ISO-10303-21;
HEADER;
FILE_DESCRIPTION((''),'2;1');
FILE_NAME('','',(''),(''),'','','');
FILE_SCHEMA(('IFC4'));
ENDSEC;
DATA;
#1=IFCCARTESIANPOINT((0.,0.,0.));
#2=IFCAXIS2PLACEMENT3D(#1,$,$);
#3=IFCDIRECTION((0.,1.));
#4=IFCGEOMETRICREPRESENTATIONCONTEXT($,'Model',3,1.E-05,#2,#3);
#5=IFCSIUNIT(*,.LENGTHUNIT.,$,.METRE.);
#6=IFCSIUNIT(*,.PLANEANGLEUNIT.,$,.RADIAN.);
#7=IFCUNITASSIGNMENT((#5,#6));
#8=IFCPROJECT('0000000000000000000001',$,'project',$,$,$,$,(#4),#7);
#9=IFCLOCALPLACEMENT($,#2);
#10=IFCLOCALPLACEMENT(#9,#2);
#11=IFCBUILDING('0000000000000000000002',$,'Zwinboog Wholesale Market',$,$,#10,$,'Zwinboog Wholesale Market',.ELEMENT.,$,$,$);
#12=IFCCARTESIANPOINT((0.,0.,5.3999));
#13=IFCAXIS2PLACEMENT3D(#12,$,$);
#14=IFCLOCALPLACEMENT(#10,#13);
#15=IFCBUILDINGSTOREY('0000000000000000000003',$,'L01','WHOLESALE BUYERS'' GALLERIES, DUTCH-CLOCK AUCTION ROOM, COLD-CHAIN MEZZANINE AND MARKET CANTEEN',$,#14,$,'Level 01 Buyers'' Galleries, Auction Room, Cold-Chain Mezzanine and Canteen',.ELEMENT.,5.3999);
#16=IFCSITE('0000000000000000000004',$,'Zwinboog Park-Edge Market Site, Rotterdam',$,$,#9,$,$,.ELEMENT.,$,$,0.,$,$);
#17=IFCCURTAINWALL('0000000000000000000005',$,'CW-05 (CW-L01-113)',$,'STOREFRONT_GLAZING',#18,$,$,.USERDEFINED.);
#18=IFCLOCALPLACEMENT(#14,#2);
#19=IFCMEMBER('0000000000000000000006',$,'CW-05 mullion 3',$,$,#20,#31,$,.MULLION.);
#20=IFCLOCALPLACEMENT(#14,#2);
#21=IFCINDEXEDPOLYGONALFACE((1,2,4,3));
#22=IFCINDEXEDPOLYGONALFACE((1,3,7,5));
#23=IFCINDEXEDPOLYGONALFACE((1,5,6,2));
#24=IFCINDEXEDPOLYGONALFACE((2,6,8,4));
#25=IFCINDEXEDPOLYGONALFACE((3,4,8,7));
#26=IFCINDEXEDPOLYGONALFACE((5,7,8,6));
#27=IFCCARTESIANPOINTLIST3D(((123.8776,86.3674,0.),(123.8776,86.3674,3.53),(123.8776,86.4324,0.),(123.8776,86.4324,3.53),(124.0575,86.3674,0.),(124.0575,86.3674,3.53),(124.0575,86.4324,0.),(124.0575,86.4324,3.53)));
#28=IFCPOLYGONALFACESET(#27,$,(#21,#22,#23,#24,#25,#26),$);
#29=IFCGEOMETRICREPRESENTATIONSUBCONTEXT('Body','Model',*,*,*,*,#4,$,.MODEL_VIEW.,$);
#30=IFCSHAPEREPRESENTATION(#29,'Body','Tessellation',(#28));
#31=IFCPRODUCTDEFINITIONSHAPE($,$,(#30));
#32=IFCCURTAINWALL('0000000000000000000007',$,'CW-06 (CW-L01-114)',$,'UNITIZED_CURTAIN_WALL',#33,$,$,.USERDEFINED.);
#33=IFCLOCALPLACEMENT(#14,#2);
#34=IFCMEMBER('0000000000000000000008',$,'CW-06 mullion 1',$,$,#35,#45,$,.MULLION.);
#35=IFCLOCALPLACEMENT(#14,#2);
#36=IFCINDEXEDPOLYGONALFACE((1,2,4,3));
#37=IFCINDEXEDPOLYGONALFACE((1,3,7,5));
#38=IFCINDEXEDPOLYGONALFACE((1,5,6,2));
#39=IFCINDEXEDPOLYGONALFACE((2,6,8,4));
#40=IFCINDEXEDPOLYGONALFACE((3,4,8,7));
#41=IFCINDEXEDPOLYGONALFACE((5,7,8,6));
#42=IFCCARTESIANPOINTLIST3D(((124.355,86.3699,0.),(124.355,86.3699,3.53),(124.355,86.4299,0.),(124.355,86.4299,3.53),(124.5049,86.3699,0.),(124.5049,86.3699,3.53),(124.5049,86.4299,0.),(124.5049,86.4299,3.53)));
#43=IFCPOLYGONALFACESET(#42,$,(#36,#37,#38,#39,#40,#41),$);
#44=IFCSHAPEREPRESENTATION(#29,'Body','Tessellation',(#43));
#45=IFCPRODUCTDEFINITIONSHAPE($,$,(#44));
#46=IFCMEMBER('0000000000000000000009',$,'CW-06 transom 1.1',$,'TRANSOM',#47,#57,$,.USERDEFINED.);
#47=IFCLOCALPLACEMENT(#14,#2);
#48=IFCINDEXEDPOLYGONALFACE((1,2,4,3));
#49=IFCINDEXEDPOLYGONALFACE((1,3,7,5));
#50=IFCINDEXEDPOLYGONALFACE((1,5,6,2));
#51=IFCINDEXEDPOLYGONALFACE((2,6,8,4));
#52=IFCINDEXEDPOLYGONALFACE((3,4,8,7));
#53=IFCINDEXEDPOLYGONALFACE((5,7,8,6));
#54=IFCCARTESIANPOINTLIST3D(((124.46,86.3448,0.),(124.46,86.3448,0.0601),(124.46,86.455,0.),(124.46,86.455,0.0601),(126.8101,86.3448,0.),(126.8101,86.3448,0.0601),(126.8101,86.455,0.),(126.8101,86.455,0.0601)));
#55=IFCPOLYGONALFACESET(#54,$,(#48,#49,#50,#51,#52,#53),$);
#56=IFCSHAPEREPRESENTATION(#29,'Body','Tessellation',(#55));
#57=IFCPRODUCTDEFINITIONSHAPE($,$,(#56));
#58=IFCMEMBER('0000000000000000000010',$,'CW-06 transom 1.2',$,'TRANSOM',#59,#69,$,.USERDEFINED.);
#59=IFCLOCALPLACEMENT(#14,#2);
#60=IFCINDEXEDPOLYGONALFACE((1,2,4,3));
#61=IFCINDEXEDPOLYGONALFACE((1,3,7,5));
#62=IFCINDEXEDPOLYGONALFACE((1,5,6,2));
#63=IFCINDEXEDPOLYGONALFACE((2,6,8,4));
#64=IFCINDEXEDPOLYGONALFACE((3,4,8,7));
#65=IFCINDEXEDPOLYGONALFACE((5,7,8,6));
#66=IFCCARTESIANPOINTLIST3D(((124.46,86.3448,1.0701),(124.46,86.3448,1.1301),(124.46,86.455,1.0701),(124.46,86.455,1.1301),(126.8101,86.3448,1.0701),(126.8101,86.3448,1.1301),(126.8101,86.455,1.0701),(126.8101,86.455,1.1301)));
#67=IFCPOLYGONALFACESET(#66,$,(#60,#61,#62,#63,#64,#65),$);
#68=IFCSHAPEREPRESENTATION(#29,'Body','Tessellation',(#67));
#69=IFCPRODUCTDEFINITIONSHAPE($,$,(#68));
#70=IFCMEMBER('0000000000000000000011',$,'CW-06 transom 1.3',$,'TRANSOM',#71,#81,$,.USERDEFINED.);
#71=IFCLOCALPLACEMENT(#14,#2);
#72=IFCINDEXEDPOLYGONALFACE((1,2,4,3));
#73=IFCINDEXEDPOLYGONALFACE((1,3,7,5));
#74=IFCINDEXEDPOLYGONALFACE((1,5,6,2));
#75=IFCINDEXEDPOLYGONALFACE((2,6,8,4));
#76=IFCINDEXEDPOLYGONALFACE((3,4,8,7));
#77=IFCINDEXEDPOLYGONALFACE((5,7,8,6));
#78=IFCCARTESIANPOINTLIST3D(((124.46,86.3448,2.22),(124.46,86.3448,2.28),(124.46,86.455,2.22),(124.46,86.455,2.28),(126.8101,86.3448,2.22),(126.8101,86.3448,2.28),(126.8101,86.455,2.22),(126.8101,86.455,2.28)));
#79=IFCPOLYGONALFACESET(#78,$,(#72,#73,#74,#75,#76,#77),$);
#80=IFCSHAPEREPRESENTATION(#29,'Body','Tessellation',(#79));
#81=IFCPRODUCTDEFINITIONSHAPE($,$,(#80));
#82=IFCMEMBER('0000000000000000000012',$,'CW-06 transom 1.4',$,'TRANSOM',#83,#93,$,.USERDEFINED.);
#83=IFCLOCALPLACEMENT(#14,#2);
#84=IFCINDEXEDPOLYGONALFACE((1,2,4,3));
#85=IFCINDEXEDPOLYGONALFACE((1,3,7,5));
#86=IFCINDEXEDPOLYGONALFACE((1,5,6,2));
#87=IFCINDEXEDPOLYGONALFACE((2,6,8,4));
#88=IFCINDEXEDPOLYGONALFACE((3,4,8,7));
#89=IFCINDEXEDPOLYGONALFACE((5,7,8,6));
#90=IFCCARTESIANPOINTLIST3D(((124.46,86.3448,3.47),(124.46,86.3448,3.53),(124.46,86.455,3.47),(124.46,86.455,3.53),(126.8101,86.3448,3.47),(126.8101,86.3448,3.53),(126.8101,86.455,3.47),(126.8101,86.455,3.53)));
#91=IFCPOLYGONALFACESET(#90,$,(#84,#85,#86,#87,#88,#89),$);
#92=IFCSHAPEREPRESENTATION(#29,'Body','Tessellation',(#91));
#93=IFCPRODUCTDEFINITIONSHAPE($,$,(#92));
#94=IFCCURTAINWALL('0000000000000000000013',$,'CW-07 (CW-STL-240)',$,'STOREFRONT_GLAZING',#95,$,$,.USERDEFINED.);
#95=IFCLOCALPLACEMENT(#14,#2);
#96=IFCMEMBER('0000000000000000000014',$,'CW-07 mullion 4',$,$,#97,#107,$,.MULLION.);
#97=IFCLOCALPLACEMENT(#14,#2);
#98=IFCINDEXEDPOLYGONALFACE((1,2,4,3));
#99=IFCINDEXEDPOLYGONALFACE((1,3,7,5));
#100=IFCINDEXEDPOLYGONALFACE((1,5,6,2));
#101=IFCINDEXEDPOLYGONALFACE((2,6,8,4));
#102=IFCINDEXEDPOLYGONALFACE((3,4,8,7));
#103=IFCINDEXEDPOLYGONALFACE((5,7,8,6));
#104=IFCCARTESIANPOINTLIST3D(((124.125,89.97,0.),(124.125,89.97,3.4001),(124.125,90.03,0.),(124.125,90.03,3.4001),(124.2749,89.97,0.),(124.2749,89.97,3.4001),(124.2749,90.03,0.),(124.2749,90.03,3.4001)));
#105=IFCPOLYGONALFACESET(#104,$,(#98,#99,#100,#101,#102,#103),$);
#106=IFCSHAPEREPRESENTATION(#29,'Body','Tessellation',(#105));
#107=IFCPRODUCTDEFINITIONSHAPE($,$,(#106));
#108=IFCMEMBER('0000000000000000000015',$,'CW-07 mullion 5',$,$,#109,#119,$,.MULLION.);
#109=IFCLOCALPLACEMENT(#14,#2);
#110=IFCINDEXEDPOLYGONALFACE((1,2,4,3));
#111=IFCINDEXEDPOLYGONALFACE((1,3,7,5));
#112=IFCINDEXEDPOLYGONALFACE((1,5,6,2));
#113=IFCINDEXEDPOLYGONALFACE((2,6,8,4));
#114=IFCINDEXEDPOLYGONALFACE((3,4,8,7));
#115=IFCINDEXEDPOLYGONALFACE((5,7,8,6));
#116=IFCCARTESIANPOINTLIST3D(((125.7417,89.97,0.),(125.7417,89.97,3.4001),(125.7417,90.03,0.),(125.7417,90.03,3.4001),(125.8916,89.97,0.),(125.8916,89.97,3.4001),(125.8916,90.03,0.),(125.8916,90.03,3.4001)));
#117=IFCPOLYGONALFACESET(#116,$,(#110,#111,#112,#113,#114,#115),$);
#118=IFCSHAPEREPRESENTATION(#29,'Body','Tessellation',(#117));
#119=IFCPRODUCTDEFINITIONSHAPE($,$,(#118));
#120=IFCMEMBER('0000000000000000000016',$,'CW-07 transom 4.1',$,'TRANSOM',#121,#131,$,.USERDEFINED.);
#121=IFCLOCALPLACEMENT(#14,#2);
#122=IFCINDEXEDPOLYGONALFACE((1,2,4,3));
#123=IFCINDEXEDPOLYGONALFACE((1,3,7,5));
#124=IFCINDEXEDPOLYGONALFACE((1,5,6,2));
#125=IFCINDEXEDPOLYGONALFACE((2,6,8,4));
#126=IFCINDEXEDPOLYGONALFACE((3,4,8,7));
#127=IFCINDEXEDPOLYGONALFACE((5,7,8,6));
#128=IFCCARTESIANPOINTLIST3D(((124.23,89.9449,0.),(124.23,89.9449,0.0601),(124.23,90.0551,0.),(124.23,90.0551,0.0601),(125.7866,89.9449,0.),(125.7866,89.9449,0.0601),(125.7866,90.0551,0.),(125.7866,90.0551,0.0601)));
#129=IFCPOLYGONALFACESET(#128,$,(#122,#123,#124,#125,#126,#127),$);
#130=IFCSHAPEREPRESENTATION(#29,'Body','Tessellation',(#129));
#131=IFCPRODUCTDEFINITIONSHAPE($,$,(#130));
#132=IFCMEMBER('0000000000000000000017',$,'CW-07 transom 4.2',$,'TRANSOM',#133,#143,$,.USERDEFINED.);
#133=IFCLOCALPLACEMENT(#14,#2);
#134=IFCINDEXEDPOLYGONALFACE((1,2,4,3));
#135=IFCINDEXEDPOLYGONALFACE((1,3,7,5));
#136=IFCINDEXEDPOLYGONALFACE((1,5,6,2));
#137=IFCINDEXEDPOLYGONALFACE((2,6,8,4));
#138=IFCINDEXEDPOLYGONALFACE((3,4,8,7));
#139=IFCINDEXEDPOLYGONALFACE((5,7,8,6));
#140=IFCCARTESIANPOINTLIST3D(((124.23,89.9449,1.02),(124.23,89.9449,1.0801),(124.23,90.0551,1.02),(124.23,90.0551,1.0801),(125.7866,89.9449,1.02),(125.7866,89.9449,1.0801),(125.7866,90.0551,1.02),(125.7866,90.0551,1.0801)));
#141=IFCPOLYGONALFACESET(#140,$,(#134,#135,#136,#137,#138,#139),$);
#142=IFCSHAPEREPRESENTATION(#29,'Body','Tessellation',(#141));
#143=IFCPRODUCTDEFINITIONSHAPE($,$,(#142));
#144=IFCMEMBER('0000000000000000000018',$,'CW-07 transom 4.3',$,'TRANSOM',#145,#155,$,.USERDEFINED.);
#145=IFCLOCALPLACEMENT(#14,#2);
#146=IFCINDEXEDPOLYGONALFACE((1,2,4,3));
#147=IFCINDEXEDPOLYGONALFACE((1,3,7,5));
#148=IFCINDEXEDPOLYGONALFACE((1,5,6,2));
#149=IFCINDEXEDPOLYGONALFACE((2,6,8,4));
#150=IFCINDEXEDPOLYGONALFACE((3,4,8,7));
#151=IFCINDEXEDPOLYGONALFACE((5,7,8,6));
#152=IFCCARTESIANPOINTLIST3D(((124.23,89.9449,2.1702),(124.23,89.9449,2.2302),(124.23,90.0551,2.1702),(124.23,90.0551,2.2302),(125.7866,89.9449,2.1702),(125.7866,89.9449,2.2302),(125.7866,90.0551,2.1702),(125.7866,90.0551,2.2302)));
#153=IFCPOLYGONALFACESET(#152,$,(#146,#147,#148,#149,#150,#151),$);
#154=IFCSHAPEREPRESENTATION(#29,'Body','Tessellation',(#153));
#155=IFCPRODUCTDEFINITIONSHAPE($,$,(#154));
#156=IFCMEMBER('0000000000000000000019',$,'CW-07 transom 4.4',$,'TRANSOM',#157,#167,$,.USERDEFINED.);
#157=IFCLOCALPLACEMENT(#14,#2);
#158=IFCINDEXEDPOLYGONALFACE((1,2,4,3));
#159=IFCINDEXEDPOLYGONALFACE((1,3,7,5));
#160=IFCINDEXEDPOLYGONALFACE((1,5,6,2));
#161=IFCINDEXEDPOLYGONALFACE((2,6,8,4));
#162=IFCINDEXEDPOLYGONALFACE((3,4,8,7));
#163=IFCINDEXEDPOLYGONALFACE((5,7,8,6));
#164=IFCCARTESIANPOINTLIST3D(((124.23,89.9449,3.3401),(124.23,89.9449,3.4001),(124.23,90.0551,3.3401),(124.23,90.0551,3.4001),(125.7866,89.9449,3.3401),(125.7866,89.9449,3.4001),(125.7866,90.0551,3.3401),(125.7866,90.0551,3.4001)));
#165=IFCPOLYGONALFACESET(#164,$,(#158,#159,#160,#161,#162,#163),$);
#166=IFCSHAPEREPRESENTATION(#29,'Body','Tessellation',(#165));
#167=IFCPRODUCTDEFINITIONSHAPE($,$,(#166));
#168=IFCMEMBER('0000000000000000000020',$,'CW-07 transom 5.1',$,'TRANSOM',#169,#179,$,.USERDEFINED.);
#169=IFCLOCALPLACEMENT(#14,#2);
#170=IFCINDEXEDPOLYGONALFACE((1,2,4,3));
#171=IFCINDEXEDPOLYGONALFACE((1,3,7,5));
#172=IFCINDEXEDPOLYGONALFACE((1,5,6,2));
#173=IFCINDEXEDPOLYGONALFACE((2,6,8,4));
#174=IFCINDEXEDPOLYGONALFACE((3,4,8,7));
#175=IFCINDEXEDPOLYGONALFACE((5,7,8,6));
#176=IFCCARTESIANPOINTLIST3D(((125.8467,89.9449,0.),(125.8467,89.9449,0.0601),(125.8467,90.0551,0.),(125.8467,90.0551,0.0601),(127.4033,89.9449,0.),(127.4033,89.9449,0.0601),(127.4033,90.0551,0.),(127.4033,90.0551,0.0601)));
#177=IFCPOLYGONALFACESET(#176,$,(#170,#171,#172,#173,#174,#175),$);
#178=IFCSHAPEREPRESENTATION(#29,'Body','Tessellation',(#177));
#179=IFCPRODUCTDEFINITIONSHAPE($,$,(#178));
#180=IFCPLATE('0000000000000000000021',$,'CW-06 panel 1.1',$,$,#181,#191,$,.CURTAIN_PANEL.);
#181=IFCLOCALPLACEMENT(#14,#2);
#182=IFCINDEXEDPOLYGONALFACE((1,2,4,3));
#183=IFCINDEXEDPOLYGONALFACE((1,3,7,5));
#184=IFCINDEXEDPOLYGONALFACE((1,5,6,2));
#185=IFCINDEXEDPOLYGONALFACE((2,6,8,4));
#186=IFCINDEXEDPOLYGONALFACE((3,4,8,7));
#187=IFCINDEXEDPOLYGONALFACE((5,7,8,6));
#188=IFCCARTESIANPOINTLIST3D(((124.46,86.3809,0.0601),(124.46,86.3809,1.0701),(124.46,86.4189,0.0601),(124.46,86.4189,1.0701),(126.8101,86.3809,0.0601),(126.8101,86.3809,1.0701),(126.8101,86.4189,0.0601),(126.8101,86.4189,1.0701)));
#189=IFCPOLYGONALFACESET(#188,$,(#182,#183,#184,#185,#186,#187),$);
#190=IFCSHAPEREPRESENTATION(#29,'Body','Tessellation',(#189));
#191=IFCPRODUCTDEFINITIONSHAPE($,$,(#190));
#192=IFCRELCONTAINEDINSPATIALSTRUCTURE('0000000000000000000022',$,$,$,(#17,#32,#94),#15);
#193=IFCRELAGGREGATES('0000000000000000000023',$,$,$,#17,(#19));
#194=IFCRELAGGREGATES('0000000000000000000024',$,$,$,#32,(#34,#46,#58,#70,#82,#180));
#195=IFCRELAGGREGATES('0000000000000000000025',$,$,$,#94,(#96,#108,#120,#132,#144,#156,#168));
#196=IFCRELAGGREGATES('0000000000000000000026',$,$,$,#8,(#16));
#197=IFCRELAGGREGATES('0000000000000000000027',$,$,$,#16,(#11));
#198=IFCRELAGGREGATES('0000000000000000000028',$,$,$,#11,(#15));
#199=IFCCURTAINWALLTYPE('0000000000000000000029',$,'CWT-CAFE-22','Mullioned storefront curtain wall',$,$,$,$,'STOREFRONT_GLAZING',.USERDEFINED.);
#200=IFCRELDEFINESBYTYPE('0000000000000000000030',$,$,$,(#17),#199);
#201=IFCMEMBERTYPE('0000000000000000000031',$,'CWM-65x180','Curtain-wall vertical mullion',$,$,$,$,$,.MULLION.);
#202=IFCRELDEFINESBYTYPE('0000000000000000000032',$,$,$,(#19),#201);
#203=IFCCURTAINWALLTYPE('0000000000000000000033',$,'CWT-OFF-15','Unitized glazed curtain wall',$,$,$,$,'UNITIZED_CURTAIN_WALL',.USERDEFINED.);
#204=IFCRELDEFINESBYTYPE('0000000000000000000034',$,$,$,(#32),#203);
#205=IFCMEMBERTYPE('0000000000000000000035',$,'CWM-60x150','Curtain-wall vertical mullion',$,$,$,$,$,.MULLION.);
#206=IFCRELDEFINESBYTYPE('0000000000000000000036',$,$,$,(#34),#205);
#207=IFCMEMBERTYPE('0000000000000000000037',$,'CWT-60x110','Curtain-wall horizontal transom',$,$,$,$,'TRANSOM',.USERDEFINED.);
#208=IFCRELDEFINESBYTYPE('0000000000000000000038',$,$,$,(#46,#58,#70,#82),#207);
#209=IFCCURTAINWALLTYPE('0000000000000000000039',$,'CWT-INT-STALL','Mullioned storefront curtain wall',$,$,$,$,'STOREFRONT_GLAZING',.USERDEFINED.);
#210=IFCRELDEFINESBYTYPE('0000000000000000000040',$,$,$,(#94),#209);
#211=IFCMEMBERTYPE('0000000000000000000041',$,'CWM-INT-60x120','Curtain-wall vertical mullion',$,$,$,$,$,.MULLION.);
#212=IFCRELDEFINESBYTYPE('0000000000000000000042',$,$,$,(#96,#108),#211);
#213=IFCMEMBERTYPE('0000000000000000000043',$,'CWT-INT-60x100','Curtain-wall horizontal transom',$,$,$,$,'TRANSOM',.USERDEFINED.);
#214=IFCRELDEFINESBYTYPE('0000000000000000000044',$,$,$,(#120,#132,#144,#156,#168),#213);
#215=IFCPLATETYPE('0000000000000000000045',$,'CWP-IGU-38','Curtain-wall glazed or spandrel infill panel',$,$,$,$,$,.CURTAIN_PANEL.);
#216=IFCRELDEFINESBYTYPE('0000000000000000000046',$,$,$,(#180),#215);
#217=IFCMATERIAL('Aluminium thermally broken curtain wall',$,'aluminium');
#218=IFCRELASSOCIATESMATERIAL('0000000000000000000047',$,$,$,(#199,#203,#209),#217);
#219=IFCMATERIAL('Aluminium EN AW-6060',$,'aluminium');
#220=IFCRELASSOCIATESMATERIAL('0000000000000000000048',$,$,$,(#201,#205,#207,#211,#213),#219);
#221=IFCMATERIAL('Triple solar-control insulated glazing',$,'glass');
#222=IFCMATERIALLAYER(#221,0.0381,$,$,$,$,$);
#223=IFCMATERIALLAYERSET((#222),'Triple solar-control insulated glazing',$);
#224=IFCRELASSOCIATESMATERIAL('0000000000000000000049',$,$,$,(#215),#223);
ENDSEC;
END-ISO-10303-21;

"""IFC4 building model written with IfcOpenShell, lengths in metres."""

from ifc_helpers import new_model, si_unit, direction, frame, origin, origin_2d, place, context, subcontext, project, spatial, rectangle, extrude, material, layer, layer_set, material_profile, profile_set, type_object, element, aggregate, save


model = new_model("IFC4")

# Units and contexts
model_context = context("Model", 3, precision=1e-05, world=origin(), true_north=direction((0.0, 1.0)))
body_context = subcontext(model_context, "Body", "Model", "MODEL_VIEW")
ifc_project = project(units=[si_unit("LENGTHUNIT", "METRE"), si_unit("PLANEANGLEUNIT", "RADIAN")], contexts=[model_context])

# Site, building, storey
site_placement = place(None, origin())
site = spatial("IfcSite", under=ifc_project, at=site_placement, Name="Zwinboog Park-Edge Market Site, Rotterdam", CompositionType="ELEMENT", RefElevation=0.0)
building_placement = place(site_placement, origin())
building = spatial("IfcBuilding", under=site, at=building_placement, Name="Zwinboog Wholesale Market", LongName="Zwinboog Wholesale Market", CompositionType="ELEMENT")
storey_placement = place(building_placement, frame((0.0, 0.0, 5.3999)))
storey = spatial("IfcBuildingStorey", under=building, at=storey_placement, Name="L01", Description="WHOLESALE BUYERS' GALLERIES, DUTCH-CLOCK AUCTION ROOM, COLD-CHAIN MEZZANINE AND MARKET CANTEEN", LongName="Level 01 Buyers' Galleries, Auction Room, Cold-Chain Mezzanine and Canteen", CompositionType="ELEMENT", Elevation=5.3999)

# Curtain wall, member
ifc_material_1 = material(Name="Aluminium thermally broken curtain wall", Category="aluminium")
curtain_wall_type_1 = type_object("IfcCurtainWallType", Name="CWT-CAFE-22", Description="Mullioned storefront curtain wall", ElementType="STOREFRONT_GLAZING", PredefinedType="USERDEFINED", material=ifc_material_1)
curtain_wall_1_placement = place(storey_placement, origin())
curtain_wall_1 = element("IfcCurtainWall", 1, at=curtain_wall_1_placement, inside=storey, type_object=curtain_wall_type_1, Name="CW-05 (CW-L01-113)", ObjectType="STOREFRONT_GLAZING", PredefinedType="USERDEFINED")
ifc_material_2 = material(Name="Aluminium EN AW-6060", Category="aluminium")
ifc_material_profile_1 = material_profile(ifc_material_2, rectangle(XDim=0.0649, YDim=0.1799, at=origin_2d()), Name="AL 65x180")
ifc_profile_set_1 = profile_set([ifc_material_profile_1], Name="Aluminium EN AW-6060")
member_type_1 = type_object("IfcMemberType", Name="CWM-65x180", Description="Curtain-wall vertical mullion", PredefinedType="MULLION", material=ifc_profile_set_1)
member_1_placement = place(storey_placement, frame((123.9675, 86.3999, 0.0), z_axis=(0.0, 0.0, 1.0), x_axis=(0.0, 1.0, 0.0)))
member_1 = element("IfcMember", 2, at=member_1_placement, type_object=member_type_1, Name="CW-05 mullion 3", PredefinedType="MULLION", context=body_context, shape_type="SweptSolid", body=[
    extrude(rectangle(XDim=0.0649, YDim=0.1799, at=origin_2d()), origin(), (0.0, 0.0, 1.0), 3.53),
])
aggregate(curtain_wall_1, [member_1])

# Curtain walls, members
curtain_wall_type_2 = type_object("IfcCurtainWallType", Name="CWT-OFF-15", Description="Unitized glazed curtain wall", ElementType="UNITIZED_CURTAIN_WALL", PredefinedType="USERDEFINED", material=ifc_material_1)
curtain_wall_2_placement = place(storey_placement, origin())
curtain_wall_2 = element("IfcCurtainWall", 3, at=curtain_wall_2_placement, inside=storey, type_object=curtain_wall_type_2, Name="CW-06 (CW-L01-114)", ObjectType="UNITIZED_CURTAIN_WALL", PredefinedType="USERDEFINED")
ifc_material_profile_2 = material_profile(ifc_material_2, rectangle(XDim=0.0601, YDim=0.1499, at=origin_2d()), Name="AL 60x150")
ifc_profile_set_2 = profile_set([ifc_material_profile_2], Name="Aluminium EN AW-6060")
member_type_2 = type_object("IfcMemberType", Name="CWM-60x150", Description="Curtain-wall vertical mullion", PredefinedType="MULLION", material=ifc_profile_set_2)
member_2_placement = place(storey_placement, frame((124.4299, 86.3999, 0.0), z_axis=(0.0, 0.0, 1.0), x_axis=(0.0, 1.0, 0.0)))
member_2 = element("IfcMember", 4, at=member_2_placement, type_object=member_type_2, Name="CW-06 mullion 1", PredefinedType="MULLION", context=body_context, shape_type="SweptSolid", body=[
    extrude(rectangle(XDim=0.0601, YDim=0.1499, at=origin_2d()), origin(), (0.0, 0.0, 1.0), 3.53),
])
ifc_material_profile_3 = material_profile(ifc_material_2, rectangle(XDim=0.1101, YDim=0.0601, at=origin_2d()), Name="AL 60x110")
ifc_profile_set_3 = profile_set([ifc_material_profile_3], Name="Aluminium EN AW-6060")
member_type_3 = type_object("IfcMemberType", Name="CWT-60x110", Description="Curtain-wall horizontal transom", ElementType="TRANSOM", PredefinedType="USERDEFINED", material=ifc_profile_set_3)
member_3_placement = place(storey_placement, frame((124.46, 86.3999, 0.03), z_axis=(1.0, 0.0, 0.0), x_axis=(0.0, 1.0, 0.0)))
member_3 = element("IfcMember", 5, at=member_3_placement, type_object=member_type_3, Name="CW-06 transom 1.1", ObjectType="TRANSOM", PredefinedType="USERDEFINED", context=body_context, shape_type="SweptSolid", body=[
    extrude(rectangle(XDim=0.1101, YDim=0.0601, at=origin_2d()), origin(), (0.0, 0.0, 1.0), 2.3501),
])
member_4_placement = place(storey_placement, frame((124.46, 86.3999, 1.1001), z_axis=(1.0, 0.0, 0.0), x_axis=(0.0, 1.0, 0.0)))
member_4 = element("IfcMember", 6, at=member_4_placement, type_object=member_type_3, Name="CW-06 transom 1.2", ObjectType="TRANSOM", PredefinedType="USERDEFINED", context=body_context, shape_type="SweptSolid", body=[
    extrude(rectangle(XDim=0.1101, YDim=0.0601, at=origin_2d()), origin(), (0.0, 0.0, 1.0), 2.3501),
])
member_5_placement = place(storey_placement, frame((124.46, 86.3999, 2.25), z_axis=(1.0, 0.0, 0.0), x_axis=(0.0, 1.0, 0.0)))
member_5 = element("IfcMember", 7, at=member_5_placement, type_object=member_type_3, Name="CW-06 transom 1.3", ObjectType="TRANSOM", PredefinedType="USERDEFINED", context=body_context, shape_type="SweptSolid", body=[
    extrude(rectangle(XDim=0.1101, YDim=0.0601, at=origin_2d()), origin(), (0.0, 0.0, 1.0), 2.3501),
])
member_6_placement = place(storey_placement, frame((124.46, 86.3999, 3.5), z_axis=(1.0, 0.0, 0.0), x_axis=(0.0, 1.0, 0.0)))
member_6 = element("IfcMember", 8, at=member_6_placement, type_object=member_type_3, Name="CW-06 transom 1.4", ObjectType="TRANSOM", PredefinedType="USERDEFINED", context=body_context, shape_type="SweptSolid", body=[
    extrude(rectangle(XDim=0.1101, YDim=0.0601, at=origin_2d()), origin(), (0.0, 0.0, 1.0), 2.3501),
])
curtain_wall_type_3 = type_object("IfcCurtainWallType", Name="CWT-INT-STALL", Description="Mullioned storefront curtain wall", ElementType="STOREFRONT_GLAZING", PredefinedType="USERDEFINED", material=ifc_material_1)
curtain_wall_3_placement = place(storey_placement, origin())
curtain_wall_3 = element("IfcCurtainWall", 9, at=curtain_wall_3_placement, inside=storey, type_object=curtain_wall_type_3, Name="CW-07 (CW-STL-240)", ObjectType="STOREFRONT_GLAZING", PredefinedType="USERDEFINED")
ifc_material_profile_4 = material_profile(ifc_material_2, rectangle(XDim=0.0601, YDim=0.1499, at=origin_2d()), Name="AL 60x150")
ifc_profile_set_4 = profile_set([ifc_material_profile_4], Name="Aluminium EN AW-6060")
member_type_4 = type_object("IfcMemberType", Name="CWM-INT-60x120", Description="Curtain-wall vertical mullion", PredefinedType="MULLION", material=ifc_profile_set_4)
member_7_placement = place(storey_placement, frame((124.2, 90.0, 0.0), z_axis=(0.0, 0.0, 1.0), x_axis=(0.0, 1.0, 0.0)))
member_7 = element("IfcMember", 10, at=member_7_placement, type_object=member_type_4, Name="CW-07 mullion 4", PredefinedType="MULLION", context=body_context, shape_type="SweptSolid", body=[
    extrude(rectangle(XDim=0.0601, YDim=0.1499, at=origin_2d()), origin(), (0.0, 0.0, 1.0), 3.4001),
])
member_8_placement = place(storey_placement, frame((125.8167, 90.0, 0.0), z_axis=(0.0, 0.0, 1.0), x_axis=(0.0, 1.0, 0.0)))
member_8 = element("IfcMember", 11, at=member_8_placement, type_object=member_type_4, Name="CW-07 mullion 5", PredefinedType="MULLION", context=body_context, shape_type="SweptSolid", body=[
    extrude(rectangle(XDim=0.0601, YDim=0.1499, at=origin_2d()), origin(), (0.0, 0.0, 1.0), 3.4001),
])
ifc_material_profile_5 = material_profile(ifc_material_2, rectangle(XDim=0.1101, YDim=0.0601, at=origin_2d()), Name="AL 60x110")
ifc_profile_set_5 = profile_set([ifc_material_profile_5], Name="Aluminium EN AW-6060")
member_type_5 = type_object("IfcMemberType", Name="CWT-INT-60x100", Description="Curtain-wall horizontal transom", ElementType="TRANSOM", PredefinedType="USERDEFINED", material=ifc_profile_set_5)
member_9_placement = place(storey_placement, frame((124.23, 90.0, 0.03), z_axis=(1.0, 0.0, 0.0), x_axis=(0.0, 1.0, 0.0)))
member_9 = element("IfcMember", 12, at=member_9_placement, type_object=member_type_5, Name="CW-07 transom 4.1", ObjectType="TRANSOM", PredefinedType="USERDEFINED", context=body_context, shape_type="SweptSolid", body=[
    extrude(rectangle(XDim=0.1101, YDim=0.0601, at=origin_2d()), origin(), (0.0, 0.0, 1.0), 1.5566),
])
member_10_placement = place(storey_placement, frame((124.23, 90.0, 1.05), z_axis=(1.0, 0.0, 0.0), x_axis=(0.0, 1.0, 0.0)))
member_10 = element("IfcMember", 13, at=member_10_placement, type_object=member_type_5, Name="CW-07 transom 4.2", ObjectType="TRANSOM", PredefinedType="USERDEFINED", context=body_context, shape_type="SweptSolid", body=[
    extrude(rectangle(XDim=0.1101, YDim=0.0601, at=origin_2d()), origin(), (0.0, 0.0, 1.0), 1.5566),
])
member_11_placement = place(storey_placement, frame((124.23, 90.0, 2.2002), z_axis=(1.0, 0.0, 0.0), x_axis=(0.0, 1.0, 0.0)))
member_11 = element("IfcMember", 14, at=member_11_placement, type_object=member_type_5, Name="CW-07 transom 4.3", ObjectType="TRANSOM", PredefinedType="USERDEFINED", context=body_context, shape_type="SweptSolid", body=[
    extrude(rectangle(XDim=0.1101, YDim=0.0601, at=origin_2d()), origin(), (0.0, 0.0, 1.0), 1.5566),
])
member_12_placement = place(storey_placement, frame((124.23, 90.0, 3.3701), z_axis=(1.0, 0.0, 0.0), x_axis=(0.0, 1.0, 0.0)))
member_12 = element("IfcMember", 15, at=member_12_placement, type_object=member_type_5, Name="CW-07 transom 4.4", ObjectType="TRANSOM", PredefinedType="USERDEFINED", context=body_context, shape_type="SweptSolid", body=[
    extrude(rectangle(XDim=0.1101, YDim=0.0601, at=origin_2d()), origin(), (0.0, 0.0, 1.0), 1.5566),
])
member_13_placement = place(storey_placement, frame((125.8467, 90.0, 0.03), z_axis=(1.0, 0.0, 0.0), x_axis=(0.0, 1.0, 0.0)))
member_13 = element("IfcMember", 16, at=member_13_placement, type_object=member_type_5, Name="CW-07 transom 5.1", ObjectType="TRANSOM", PredefinedType="USERDEFINED", context=body_context, shape_type="SweptSolid", body=[
    extrude(rectangle(XDim=0.1101, YDim=0.0601, at=origin_2d()), origin(), (0.0, 0.0, 1.0), 1.5566),
])

# Plate
ifc_material_3 = material(Name="Triple solar-control insulated glazing", Category="glass")
ifc_layer_1 = layer(ifc_material_3, 0.0381)
ifc_layer_set_1 = layer_set([ifc_layer_1], Name="Triple solar-control insulated glazing")
plate_type_1 = type_object("IfcPlateType", Name="CWP-IGU-38", Description="Curtain-wall glazed or spandrel infill panel", PredefinedType="CURTAIN_PANEL", material=ifc_layer_set_1)
plate_1_placement = place(storey_placement, frame((125.635, 86.3999, 0.0601), z_axis=(0.0, 0.0, 1.0), x_axis=(1.0, 0.0, 0.0)))
plate_1 = element("IfcPlate", 17, at=plate_1_placement, type_object=plate_type_1, Name="CW-06 panel 1.1", PredefinedType="CURTAIN_PANEL", context=body_context, shape_type="SweptSolid", body=[
    extrude(rectangle(XDim=2.3501, YDim=0.0381, at=origin_2d()), origin(), (0.0, 0.0, 1.0), 1.01),
])
aggregate(curtain_wall_2, [member_2, member_3, member_4, member_5, member_6, plate_1])
aggregate(curtain_wall_3, [member_7, member_8, member_9, member_10, member_11, member_12, member_13])

save(model, "model.ifc")
